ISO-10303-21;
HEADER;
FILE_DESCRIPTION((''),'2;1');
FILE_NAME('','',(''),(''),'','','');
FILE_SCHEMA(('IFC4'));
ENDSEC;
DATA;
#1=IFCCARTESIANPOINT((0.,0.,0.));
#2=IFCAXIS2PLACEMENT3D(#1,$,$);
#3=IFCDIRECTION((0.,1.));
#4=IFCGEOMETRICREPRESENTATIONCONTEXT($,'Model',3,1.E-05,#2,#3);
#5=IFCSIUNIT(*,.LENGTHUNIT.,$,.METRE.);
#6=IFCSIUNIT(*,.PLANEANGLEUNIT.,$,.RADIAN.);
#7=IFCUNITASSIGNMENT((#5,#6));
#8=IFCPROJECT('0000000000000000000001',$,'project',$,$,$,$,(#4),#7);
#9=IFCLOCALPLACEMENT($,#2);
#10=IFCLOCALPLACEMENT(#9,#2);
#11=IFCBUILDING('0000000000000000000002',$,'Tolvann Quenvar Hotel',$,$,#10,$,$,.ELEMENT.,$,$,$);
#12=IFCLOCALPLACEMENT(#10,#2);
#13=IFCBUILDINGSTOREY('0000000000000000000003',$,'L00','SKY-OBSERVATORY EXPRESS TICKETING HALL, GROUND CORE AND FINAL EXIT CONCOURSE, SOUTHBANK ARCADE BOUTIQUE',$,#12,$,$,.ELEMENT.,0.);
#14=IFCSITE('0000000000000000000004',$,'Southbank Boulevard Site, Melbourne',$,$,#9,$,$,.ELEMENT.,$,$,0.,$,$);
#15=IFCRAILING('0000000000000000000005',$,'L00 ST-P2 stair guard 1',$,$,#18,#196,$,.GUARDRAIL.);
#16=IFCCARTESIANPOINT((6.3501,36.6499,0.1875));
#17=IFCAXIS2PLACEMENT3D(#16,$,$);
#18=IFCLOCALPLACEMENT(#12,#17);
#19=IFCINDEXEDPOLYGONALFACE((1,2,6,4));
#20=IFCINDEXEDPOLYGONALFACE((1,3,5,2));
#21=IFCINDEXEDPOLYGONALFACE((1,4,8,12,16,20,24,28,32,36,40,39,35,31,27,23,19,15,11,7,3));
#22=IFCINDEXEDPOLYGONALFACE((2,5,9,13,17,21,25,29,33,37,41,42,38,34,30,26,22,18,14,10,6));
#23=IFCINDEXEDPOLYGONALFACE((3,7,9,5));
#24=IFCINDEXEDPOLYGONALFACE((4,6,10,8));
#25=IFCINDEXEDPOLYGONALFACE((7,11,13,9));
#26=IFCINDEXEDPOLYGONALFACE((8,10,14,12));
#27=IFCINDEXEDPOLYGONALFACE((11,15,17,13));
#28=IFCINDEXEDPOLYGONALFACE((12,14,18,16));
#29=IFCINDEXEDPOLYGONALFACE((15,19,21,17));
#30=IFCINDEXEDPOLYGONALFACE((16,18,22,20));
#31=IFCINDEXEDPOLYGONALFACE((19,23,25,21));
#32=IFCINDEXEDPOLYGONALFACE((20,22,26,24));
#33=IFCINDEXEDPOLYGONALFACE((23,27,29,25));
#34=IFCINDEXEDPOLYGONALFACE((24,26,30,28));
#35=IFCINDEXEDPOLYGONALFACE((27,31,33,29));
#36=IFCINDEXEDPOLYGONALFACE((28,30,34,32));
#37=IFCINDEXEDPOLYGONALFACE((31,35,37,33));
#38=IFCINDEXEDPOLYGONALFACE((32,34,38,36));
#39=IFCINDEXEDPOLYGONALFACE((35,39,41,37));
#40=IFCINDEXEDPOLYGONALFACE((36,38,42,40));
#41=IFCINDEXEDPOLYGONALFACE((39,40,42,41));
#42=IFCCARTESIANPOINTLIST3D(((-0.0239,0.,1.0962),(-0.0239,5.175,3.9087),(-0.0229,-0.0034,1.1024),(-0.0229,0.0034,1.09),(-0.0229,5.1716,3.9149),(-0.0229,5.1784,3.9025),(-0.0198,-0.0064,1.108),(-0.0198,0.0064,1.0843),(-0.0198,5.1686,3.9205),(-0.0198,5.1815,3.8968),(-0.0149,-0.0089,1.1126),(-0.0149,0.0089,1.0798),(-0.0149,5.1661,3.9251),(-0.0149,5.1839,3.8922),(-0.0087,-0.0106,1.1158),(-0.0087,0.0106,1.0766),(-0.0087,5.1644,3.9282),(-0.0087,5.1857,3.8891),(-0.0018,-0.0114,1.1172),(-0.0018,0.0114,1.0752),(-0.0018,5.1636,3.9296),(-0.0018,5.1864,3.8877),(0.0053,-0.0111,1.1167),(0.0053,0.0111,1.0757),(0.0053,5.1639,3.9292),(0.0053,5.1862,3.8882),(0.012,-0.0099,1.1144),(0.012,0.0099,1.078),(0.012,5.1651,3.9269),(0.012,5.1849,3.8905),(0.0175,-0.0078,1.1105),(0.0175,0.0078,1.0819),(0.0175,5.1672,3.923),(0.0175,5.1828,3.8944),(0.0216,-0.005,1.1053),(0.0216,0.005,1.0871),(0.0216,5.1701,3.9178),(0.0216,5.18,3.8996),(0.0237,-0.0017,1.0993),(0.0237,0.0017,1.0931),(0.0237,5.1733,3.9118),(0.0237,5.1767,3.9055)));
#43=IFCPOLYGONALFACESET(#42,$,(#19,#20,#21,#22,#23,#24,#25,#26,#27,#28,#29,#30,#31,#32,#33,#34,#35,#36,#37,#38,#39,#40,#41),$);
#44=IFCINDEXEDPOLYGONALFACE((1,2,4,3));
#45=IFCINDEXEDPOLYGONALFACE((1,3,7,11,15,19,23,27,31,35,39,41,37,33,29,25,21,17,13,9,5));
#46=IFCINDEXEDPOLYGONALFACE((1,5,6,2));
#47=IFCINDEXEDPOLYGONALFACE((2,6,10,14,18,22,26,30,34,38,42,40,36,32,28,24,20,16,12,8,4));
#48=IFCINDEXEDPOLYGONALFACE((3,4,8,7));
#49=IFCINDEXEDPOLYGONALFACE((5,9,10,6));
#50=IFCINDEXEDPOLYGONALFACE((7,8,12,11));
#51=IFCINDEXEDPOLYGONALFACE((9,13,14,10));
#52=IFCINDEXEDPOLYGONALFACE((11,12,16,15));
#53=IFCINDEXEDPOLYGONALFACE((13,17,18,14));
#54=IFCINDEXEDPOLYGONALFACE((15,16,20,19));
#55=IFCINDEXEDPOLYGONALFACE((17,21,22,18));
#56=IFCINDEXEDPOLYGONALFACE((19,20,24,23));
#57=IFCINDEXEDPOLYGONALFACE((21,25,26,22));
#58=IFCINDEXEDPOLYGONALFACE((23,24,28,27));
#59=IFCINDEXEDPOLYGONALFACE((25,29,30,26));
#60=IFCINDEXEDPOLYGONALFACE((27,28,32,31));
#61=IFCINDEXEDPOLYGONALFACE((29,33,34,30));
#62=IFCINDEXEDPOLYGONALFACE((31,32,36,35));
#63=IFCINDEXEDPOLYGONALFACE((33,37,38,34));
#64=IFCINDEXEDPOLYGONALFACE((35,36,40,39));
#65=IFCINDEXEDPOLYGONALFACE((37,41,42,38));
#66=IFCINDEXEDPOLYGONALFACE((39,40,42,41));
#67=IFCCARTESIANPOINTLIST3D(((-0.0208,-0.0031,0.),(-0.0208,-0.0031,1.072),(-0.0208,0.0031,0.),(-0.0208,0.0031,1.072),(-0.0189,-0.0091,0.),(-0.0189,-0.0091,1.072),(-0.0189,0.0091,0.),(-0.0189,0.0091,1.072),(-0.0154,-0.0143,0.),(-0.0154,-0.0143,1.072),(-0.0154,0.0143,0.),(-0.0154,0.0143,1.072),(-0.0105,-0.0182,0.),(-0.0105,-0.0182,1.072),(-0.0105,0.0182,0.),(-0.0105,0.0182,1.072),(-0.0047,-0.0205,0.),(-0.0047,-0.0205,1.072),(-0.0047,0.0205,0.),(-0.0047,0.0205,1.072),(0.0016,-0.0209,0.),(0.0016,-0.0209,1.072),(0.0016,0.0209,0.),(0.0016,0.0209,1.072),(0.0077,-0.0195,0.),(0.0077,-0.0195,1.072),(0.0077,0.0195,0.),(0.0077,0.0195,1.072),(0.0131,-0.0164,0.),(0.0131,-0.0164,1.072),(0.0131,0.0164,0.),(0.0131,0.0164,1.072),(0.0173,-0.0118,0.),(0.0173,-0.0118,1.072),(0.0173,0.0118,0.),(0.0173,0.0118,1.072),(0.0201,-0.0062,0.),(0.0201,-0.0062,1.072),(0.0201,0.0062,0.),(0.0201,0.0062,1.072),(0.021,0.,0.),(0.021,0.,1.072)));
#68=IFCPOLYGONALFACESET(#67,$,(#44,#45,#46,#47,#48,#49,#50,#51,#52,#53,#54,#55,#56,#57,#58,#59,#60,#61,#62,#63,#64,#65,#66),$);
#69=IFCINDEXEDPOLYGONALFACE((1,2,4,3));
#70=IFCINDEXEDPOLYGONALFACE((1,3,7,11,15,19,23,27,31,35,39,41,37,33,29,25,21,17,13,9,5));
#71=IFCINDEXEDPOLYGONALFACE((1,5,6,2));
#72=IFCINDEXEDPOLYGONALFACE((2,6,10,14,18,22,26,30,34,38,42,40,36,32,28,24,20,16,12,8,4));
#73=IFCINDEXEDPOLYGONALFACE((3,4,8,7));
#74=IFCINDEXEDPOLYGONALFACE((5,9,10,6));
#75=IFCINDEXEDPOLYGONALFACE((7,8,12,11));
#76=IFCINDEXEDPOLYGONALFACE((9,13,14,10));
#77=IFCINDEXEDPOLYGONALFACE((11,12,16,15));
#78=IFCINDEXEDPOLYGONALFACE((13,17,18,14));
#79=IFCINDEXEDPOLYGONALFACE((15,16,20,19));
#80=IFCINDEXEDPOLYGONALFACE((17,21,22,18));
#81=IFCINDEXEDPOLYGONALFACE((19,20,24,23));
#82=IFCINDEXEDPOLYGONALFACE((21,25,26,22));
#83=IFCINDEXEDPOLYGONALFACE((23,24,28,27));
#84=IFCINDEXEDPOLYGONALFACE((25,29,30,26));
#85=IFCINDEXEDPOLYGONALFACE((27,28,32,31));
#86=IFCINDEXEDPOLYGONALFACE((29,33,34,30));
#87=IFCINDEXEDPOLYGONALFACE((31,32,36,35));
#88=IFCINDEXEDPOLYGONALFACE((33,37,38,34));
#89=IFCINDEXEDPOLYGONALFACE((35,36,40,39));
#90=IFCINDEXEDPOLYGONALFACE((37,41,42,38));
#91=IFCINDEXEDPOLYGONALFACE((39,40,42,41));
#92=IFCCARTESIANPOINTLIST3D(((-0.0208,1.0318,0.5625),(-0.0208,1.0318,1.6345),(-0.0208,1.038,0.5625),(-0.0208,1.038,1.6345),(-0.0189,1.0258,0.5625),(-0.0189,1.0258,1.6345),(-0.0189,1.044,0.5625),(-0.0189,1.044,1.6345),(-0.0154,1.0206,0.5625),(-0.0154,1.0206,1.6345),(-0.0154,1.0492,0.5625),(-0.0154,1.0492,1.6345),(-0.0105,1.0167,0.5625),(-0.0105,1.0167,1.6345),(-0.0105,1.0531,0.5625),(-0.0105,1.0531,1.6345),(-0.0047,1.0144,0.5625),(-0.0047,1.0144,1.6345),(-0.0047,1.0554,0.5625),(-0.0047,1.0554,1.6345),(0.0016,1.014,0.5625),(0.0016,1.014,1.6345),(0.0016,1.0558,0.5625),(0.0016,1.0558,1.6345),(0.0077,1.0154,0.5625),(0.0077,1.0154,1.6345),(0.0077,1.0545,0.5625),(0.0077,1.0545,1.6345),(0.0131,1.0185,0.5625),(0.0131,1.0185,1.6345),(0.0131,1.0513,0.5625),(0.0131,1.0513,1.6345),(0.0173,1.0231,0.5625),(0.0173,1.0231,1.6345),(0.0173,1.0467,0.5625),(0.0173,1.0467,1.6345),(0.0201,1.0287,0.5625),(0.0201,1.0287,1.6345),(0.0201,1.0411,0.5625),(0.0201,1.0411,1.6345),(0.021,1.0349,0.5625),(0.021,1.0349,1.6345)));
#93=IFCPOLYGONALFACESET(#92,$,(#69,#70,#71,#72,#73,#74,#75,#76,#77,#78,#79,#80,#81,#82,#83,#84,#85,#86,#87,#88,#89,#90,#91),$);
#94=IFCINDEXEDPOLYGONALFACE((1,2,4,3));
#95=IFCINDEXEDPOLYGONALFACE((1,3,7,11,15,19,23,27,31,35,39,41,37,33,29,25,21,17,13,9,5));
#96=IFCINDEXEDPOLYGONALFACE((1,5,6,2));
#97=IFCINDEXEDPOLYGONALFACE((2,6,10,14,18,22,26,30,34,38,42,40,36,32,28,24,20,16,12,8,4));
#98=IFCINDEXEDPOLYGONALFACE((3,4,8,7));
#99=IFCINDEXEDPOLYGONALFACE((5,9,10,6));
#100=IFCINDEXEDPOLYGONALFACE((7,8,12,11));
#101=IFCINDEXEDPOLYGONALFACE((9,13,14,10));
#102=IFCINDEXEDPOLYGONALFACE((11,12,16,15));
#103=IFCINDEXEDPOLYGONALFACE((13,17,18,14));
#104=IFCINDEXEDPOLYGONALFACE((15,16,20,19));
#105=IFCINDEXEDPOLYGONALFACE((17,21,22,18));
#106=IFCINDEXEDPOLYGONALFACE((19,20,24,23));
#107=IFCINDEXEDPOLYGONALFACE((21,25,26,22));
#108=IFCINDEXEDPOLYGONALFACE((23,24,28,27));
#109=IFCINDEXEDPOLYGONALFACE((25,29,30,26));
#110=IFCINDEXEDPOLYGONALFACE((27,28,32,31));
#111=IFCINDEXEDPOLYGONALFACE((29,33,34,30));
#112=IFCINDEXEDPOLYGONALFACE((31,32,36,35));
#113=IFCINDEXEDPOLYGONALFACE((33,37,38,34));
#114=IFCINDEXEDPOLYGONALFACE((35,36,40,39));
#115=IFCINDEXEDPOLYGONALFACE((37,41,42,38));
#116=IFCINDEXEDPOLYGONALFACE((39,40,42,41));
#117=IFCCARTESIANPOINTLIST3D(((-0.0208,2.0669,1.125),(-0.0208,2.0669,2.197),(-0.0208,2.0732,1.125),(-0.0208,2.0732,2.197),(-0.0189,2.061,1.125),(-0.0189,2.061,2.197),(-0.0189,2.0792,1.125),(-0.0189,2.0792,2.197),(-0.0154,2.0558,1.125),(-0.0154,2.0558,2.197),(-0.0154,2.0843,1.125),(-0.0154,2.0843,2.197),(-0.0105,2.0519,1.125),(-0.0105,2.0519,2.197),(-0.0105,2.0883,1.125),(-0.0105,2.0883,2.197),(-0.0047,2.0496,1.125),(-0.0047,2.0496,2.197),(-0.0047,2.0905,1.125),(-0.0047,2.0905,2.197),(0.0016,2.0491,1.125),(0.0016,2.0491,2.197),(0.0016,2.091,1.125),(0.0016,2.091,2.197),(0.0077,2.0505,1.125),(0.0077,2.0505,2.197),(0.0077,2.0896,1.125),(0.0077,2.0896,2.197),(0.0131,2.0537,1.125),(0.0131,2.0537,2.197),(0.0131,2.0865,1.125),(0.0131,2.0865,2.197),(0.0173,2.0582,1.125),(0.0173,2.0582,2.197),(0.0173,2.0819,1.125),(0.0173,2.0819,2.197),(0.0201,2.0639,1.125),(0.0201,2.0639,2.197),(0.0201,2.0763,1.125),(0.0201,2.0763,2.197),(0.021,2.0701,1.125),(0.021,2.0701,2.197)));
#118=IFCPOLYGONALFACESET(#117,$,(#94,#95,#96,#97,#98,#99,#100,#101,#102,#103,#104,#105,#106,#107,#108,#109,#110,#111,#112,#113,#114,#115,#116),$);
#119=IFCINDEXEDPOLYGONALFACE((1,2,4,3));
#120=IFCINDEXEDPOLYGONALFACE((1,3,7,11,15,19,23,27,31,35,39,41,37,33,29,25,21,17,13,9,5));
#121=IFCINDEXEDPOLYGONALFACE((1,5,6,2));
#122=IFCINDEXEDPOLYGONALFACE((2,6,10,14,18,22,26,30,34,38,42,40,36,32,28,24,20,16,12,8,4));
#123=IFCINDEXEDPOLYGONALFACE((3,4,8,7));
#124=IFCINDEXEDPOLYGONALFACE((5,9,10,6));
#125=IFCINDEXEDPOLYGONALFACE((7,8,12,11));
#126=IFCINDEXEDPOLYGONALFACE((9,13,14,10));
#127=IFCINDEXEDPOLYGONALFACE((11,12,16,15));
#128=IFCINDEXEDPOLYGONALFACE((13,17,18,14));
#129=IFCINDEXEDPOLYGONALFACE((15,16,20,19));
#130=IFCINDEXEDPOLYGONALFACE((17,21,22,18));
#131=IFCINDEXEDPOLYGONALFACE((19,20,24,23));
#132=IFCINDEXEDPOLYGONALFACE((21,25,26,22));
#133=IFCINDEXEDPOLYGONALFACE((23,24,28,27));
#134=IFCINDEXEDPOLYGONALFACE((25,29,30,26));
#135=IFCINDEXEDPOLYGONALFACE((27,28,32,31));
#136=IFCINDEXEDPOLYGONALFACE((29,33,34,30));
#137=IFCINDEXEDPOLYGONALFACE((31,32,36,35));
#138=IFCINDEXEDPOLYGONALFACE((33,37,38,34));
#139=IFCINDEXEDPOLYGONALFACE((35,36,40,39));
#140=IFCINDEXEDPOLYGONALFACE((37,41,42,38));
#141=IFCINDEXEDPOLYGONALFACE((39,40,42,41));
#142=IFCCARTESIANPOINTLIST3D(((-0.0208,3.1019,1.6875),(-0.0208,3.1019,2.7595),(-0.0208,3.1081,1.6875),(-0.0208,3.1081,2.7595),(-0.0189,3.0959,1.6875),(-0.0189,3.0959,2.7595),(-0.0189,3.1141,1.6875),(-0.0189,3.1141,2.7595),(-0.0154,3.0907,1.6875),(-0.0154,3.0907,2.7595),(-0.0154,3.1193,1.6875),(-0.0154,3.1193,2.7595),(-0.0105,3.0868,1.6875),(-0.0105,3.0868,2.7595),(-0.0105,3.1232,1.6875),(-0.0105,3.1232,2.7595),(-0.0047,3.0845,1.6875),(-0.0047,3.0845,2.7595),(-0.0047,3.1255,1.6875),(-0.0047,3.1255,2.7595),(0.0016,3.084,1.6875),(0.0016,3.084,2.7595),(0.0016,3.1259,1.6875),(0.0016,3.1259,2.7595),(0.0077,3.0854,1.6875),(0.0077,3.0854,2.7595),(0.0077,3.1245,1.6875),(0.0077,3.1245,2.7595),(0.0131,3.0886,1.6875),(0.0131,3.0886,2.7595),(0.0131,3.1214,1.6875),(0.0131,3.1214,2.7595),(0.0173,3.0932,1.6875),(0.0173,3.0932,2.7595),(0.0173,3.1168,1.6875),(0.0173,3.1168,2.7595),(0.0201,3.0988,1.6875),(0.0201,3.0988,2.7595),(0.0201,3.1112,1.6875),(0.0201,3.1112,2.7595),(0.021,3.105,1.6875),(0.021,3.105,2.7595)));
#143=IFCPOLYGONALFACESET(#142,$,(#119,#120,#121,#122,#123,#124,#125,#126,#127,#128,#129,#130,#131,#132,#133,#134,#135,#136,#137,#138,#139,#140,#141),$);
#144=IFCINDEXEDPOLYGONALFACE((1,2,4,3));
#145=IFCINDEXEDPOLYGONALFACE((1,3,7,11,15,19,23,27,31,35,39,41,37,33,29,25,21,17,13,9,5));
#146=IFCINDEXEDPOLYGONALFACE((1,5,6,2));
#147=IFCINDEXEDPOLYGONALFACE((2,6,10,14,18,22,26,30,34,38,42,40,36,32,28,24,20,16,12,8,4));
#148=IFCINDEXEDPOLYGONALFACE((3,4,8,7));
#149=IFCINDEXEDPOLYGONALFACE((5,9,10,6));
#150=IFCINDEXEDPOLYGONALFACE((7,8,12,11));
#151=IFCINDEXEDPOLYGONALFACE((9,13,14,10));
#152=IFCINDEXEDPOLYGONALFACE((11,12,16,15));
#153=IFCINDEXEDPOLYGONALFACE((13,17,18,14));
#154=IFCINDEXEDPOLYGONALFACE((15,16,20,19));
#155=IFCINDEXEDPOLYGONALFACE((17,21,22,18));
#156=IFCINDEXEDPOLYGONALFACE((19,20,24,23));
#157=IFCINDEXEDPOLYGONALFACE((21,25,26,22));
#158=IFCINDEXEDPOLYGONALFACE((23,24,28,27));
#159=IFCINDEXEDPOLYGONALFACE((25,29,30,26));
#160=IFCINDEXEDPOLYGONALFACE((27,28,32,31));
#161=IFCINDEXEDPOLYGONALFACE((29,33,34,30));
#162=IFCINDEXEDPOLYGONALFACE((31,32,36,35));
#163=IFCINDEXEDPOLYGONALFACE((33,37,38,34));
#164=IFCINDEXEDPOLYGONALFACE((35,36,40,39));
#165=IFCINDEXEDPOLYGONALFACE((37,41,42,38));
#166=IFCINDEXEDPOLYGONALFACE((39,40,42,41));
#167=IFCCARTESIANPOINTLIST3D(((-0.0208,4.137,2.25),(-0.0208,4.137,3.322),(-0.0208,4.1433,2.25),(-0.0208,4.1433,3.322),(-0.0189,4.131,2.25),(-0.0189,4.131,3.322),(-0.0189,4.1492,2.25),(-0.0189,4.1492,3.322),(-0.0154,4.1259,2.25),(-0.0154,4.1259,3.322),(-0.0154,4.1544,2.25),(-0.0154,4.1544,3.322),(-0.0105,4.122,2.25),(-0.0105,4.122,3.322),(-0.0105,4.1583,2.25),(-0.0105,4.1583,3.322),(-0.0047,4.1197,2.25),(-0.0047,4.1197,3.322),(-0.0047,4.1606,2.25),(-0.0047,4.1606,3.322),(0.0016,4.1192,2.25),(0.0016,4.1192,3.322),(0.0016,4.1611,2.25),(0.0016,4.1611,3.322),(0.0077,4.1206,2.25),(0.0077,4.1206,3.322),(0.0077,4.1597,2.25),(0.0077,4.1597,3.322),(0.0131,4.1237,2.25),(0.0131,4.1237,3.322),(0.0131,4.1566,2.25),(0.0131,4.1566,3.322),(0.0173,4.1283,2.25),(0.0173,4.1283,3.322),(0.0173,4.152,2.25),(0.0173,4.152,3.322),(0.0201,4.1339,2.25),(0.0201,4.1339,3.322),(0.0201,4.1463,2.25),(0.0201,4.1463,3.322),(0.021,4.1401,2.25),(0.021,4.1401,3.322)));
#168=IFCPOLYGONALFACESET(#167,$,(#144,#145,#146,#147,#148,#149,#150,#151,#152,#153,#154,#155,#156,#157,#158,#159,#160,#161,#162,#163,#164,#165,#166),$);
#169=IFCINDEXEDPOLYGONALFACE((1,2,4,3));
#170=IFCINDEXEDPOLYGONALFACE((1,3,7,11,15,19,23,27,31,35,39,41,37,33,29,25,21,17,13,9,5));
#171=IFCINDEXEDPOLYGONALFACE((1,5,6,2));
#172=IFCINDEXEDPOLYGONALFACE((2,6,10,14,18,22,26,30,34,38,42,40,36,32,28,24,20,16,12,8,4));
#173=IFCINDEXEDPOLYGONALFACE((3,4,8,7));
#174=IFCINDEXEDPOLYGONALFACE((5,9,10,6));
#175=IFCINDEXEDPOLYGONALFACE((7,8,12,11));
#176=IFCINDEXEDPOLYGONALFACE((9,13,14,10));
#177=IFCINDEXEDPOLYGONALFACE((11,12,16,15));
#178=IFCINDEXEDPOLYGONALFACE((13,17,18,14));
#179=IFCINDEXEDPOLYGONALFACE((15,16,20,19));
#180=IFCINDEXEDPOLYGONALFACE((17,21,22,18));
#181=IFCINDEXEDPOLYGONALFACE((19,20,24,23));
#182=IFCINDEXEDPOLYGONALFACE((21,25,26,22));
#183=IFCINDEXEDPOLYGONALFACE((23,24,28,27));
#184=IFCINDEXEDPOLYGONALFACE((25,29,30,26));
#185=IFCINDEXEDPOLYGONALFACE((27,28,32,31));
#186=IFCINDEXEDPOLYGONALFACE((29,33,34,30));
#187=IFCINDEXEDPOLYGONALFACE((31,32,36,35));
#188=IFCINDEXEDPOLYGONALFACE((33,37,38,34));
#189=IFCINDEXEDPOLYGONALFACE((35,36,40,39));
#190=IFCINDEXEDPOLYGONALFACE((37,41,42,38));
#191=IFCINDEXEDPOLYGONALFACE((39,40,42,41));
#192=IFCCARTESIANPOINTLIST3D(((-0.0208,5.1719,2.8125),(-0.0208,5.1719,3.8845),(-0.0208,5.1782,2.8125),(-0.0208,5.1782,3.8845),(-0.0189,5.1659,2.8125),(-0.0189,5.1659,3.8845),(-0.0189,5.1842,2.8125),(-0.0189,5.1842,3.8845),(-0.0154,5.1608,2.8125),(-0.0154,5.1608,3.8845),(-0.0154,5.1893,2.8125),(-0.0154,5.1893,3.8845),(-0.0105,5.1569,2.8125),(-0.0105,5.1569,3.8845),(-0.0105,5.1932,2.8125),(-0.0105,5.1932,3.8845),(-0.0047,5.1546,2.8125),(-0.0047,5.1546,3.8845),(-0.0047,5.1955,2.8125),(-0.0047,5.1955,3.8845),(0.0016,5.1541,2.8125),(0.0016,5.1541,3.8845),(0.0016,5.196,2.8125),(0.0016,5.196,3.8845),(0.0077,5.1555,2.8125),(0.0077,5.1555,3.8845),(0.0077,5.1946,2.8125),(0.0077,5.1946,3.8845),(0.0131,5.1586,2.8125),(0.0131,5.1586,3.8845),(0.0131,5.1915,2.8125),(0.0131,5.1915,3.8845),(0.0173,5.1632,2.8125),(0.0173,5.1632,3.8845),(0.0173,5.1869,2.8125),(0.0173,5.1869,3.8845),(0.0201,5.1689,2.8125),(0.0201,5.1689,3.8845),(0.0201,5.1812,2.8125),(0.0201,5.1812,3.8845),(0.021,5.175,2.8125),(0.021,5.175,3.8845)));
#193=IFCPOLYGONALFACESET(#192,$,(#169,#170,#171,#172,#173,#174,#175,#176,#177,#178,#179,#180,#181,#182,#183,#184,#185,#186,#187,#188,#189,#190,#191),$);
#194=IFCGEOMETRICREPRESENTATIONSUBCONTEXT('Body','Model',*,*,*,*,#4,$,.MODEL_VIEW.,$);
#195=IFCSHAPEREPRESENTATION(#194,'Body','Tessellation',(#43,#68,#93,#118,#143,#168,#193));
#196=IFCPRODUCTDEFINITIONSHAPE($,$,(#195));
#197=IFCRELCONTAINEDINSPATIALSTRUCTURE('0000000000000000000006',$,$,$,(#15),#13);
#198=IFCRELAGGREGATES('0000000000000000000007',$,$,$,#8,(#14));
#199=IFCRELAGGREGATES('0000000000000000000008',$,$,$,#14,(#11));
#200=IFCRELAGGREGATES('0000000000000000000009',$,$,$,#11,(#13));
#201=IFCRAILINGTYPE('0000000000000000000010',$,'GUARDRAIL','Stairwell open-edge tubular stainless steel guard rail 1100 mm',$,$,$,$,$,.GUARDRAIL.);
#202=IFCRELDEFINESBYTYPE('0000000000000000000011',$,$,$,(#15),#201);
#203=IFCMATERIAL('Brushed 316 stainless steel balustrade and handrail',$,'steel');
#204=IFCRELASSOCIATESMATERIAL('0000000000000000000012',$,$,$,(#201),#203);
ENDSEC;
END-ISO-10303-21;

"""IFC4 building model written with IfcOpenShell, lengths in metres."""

from ifc_helpers import new_model, si_unit, direction, frame, origin, origin_2d, place, context, subcontext, project, spatial, circle, extrude, material, type_object, element, save


model = new_model("IFC4")

# Units and contexts
model_context = context("Model", 3, precision=1e-05, world=origin(), true_north=direction((0.0, 1.0)))
body_context = subcontext(model_context, "Body", "Model", "MODEL_VIEW")
ifc_project = project(units=[si_unit("LENGTHUNIT", "METRE"), si_unit("PLANEANGLEUNIT", "RADIAN")], contexts=[model_context])

# Site, building, storey
site_placement = place(None, origin())
site = spatial("IfcSite", under=ifc_project, at=site_placement, Name="Southbank Boulevard Site, Melbourne", CompositionType="ELEMENT", RefElevation=0.0)
building_placement = place(site_placement, origin())
building = spatial("IfcBuilding", under=site, at=building_placement, Name="Tolvann Quenvar Hotel", CompositionType="ELEMENT")
storey_placement = place(building_placement, origin())
storey = spatial("IfcBuildingStorey", under=building, at=storey_placement, Name="L00", Description="SKY-OBSERVATORY EXPRESS TICKETING HALL, GROUND CORE AND FINAL EXIT CONCOURSE, SOUTHBANK ARCADE BOUTIQUE", CompositionType="ELEMENT", Elevation=0.0)

# Railing
ifc_material_1 = material(Name="Brushed 316 stainless steel balustrade and handrail", Category="steel")
railing_type_1 = type_object("IfcRailingType", Name="GUARDRAIL", Description="Stairwell open-edge tubular stainless steel guard rail 1100 mm", PredefinedType="GUARDRAIL", material=ifc_material_1)
railing_1_placement = place(storey_placement, frame((6.3501, 36.6499, 0.1875)))
element("IfcRailing", 1, at=railing_1_placement, inside=storey, type_object=railing_type_1, Name="L00 ST-P2 stair guard 1", PredefinedType="GUARDRAIL", context=body_context, shape_type="SweptSolid", body=[
    extrude(circle(Radius=0.0239, at=origin_2d()), frame((0.0, 0.0, 1.0962), z_axis=(0.0, 0.878626, 0.47751), x_axis=(-1.0, 0.0, 0.0)), (0.0, 0.0, 1.0), 5.8899),
    extrude(circle(Radius=0.021, at=origin_2d()), origin(), (0.0, 0.0, 1.0), 1.072),
    extrude(circle(Radius=0.021, at=origin_2d()), frame((0.0, 1.0349, 0.5625)), (0.0, 0.0, 1.0), 1.072),
    extrude(circle(Radius=0.021, at=origin_2d()), frame((0.0, 2.0701, 1.125)), (0.0, 0.0, 1.0), 1.072),
    extrude(circle(Radius=0.021, at=origin_2d()), frame((0.0, 3.105, 1.6875)), (0.0, 0.0, 1.0), 1.072),
    extrude(circle(Radius=0.021, at=origin_2d()), frame((0.0, 4.1401, 2.25)), (0.0, 0.0, 1.0), 1.072),
    extrude(circle(Radius=0.021, at=origin_2d()), frame((0.0, 5.175, 2.8125)), (0.0, 0.0, 1.0), 1.072),
])

save(model, "model.ifc")
